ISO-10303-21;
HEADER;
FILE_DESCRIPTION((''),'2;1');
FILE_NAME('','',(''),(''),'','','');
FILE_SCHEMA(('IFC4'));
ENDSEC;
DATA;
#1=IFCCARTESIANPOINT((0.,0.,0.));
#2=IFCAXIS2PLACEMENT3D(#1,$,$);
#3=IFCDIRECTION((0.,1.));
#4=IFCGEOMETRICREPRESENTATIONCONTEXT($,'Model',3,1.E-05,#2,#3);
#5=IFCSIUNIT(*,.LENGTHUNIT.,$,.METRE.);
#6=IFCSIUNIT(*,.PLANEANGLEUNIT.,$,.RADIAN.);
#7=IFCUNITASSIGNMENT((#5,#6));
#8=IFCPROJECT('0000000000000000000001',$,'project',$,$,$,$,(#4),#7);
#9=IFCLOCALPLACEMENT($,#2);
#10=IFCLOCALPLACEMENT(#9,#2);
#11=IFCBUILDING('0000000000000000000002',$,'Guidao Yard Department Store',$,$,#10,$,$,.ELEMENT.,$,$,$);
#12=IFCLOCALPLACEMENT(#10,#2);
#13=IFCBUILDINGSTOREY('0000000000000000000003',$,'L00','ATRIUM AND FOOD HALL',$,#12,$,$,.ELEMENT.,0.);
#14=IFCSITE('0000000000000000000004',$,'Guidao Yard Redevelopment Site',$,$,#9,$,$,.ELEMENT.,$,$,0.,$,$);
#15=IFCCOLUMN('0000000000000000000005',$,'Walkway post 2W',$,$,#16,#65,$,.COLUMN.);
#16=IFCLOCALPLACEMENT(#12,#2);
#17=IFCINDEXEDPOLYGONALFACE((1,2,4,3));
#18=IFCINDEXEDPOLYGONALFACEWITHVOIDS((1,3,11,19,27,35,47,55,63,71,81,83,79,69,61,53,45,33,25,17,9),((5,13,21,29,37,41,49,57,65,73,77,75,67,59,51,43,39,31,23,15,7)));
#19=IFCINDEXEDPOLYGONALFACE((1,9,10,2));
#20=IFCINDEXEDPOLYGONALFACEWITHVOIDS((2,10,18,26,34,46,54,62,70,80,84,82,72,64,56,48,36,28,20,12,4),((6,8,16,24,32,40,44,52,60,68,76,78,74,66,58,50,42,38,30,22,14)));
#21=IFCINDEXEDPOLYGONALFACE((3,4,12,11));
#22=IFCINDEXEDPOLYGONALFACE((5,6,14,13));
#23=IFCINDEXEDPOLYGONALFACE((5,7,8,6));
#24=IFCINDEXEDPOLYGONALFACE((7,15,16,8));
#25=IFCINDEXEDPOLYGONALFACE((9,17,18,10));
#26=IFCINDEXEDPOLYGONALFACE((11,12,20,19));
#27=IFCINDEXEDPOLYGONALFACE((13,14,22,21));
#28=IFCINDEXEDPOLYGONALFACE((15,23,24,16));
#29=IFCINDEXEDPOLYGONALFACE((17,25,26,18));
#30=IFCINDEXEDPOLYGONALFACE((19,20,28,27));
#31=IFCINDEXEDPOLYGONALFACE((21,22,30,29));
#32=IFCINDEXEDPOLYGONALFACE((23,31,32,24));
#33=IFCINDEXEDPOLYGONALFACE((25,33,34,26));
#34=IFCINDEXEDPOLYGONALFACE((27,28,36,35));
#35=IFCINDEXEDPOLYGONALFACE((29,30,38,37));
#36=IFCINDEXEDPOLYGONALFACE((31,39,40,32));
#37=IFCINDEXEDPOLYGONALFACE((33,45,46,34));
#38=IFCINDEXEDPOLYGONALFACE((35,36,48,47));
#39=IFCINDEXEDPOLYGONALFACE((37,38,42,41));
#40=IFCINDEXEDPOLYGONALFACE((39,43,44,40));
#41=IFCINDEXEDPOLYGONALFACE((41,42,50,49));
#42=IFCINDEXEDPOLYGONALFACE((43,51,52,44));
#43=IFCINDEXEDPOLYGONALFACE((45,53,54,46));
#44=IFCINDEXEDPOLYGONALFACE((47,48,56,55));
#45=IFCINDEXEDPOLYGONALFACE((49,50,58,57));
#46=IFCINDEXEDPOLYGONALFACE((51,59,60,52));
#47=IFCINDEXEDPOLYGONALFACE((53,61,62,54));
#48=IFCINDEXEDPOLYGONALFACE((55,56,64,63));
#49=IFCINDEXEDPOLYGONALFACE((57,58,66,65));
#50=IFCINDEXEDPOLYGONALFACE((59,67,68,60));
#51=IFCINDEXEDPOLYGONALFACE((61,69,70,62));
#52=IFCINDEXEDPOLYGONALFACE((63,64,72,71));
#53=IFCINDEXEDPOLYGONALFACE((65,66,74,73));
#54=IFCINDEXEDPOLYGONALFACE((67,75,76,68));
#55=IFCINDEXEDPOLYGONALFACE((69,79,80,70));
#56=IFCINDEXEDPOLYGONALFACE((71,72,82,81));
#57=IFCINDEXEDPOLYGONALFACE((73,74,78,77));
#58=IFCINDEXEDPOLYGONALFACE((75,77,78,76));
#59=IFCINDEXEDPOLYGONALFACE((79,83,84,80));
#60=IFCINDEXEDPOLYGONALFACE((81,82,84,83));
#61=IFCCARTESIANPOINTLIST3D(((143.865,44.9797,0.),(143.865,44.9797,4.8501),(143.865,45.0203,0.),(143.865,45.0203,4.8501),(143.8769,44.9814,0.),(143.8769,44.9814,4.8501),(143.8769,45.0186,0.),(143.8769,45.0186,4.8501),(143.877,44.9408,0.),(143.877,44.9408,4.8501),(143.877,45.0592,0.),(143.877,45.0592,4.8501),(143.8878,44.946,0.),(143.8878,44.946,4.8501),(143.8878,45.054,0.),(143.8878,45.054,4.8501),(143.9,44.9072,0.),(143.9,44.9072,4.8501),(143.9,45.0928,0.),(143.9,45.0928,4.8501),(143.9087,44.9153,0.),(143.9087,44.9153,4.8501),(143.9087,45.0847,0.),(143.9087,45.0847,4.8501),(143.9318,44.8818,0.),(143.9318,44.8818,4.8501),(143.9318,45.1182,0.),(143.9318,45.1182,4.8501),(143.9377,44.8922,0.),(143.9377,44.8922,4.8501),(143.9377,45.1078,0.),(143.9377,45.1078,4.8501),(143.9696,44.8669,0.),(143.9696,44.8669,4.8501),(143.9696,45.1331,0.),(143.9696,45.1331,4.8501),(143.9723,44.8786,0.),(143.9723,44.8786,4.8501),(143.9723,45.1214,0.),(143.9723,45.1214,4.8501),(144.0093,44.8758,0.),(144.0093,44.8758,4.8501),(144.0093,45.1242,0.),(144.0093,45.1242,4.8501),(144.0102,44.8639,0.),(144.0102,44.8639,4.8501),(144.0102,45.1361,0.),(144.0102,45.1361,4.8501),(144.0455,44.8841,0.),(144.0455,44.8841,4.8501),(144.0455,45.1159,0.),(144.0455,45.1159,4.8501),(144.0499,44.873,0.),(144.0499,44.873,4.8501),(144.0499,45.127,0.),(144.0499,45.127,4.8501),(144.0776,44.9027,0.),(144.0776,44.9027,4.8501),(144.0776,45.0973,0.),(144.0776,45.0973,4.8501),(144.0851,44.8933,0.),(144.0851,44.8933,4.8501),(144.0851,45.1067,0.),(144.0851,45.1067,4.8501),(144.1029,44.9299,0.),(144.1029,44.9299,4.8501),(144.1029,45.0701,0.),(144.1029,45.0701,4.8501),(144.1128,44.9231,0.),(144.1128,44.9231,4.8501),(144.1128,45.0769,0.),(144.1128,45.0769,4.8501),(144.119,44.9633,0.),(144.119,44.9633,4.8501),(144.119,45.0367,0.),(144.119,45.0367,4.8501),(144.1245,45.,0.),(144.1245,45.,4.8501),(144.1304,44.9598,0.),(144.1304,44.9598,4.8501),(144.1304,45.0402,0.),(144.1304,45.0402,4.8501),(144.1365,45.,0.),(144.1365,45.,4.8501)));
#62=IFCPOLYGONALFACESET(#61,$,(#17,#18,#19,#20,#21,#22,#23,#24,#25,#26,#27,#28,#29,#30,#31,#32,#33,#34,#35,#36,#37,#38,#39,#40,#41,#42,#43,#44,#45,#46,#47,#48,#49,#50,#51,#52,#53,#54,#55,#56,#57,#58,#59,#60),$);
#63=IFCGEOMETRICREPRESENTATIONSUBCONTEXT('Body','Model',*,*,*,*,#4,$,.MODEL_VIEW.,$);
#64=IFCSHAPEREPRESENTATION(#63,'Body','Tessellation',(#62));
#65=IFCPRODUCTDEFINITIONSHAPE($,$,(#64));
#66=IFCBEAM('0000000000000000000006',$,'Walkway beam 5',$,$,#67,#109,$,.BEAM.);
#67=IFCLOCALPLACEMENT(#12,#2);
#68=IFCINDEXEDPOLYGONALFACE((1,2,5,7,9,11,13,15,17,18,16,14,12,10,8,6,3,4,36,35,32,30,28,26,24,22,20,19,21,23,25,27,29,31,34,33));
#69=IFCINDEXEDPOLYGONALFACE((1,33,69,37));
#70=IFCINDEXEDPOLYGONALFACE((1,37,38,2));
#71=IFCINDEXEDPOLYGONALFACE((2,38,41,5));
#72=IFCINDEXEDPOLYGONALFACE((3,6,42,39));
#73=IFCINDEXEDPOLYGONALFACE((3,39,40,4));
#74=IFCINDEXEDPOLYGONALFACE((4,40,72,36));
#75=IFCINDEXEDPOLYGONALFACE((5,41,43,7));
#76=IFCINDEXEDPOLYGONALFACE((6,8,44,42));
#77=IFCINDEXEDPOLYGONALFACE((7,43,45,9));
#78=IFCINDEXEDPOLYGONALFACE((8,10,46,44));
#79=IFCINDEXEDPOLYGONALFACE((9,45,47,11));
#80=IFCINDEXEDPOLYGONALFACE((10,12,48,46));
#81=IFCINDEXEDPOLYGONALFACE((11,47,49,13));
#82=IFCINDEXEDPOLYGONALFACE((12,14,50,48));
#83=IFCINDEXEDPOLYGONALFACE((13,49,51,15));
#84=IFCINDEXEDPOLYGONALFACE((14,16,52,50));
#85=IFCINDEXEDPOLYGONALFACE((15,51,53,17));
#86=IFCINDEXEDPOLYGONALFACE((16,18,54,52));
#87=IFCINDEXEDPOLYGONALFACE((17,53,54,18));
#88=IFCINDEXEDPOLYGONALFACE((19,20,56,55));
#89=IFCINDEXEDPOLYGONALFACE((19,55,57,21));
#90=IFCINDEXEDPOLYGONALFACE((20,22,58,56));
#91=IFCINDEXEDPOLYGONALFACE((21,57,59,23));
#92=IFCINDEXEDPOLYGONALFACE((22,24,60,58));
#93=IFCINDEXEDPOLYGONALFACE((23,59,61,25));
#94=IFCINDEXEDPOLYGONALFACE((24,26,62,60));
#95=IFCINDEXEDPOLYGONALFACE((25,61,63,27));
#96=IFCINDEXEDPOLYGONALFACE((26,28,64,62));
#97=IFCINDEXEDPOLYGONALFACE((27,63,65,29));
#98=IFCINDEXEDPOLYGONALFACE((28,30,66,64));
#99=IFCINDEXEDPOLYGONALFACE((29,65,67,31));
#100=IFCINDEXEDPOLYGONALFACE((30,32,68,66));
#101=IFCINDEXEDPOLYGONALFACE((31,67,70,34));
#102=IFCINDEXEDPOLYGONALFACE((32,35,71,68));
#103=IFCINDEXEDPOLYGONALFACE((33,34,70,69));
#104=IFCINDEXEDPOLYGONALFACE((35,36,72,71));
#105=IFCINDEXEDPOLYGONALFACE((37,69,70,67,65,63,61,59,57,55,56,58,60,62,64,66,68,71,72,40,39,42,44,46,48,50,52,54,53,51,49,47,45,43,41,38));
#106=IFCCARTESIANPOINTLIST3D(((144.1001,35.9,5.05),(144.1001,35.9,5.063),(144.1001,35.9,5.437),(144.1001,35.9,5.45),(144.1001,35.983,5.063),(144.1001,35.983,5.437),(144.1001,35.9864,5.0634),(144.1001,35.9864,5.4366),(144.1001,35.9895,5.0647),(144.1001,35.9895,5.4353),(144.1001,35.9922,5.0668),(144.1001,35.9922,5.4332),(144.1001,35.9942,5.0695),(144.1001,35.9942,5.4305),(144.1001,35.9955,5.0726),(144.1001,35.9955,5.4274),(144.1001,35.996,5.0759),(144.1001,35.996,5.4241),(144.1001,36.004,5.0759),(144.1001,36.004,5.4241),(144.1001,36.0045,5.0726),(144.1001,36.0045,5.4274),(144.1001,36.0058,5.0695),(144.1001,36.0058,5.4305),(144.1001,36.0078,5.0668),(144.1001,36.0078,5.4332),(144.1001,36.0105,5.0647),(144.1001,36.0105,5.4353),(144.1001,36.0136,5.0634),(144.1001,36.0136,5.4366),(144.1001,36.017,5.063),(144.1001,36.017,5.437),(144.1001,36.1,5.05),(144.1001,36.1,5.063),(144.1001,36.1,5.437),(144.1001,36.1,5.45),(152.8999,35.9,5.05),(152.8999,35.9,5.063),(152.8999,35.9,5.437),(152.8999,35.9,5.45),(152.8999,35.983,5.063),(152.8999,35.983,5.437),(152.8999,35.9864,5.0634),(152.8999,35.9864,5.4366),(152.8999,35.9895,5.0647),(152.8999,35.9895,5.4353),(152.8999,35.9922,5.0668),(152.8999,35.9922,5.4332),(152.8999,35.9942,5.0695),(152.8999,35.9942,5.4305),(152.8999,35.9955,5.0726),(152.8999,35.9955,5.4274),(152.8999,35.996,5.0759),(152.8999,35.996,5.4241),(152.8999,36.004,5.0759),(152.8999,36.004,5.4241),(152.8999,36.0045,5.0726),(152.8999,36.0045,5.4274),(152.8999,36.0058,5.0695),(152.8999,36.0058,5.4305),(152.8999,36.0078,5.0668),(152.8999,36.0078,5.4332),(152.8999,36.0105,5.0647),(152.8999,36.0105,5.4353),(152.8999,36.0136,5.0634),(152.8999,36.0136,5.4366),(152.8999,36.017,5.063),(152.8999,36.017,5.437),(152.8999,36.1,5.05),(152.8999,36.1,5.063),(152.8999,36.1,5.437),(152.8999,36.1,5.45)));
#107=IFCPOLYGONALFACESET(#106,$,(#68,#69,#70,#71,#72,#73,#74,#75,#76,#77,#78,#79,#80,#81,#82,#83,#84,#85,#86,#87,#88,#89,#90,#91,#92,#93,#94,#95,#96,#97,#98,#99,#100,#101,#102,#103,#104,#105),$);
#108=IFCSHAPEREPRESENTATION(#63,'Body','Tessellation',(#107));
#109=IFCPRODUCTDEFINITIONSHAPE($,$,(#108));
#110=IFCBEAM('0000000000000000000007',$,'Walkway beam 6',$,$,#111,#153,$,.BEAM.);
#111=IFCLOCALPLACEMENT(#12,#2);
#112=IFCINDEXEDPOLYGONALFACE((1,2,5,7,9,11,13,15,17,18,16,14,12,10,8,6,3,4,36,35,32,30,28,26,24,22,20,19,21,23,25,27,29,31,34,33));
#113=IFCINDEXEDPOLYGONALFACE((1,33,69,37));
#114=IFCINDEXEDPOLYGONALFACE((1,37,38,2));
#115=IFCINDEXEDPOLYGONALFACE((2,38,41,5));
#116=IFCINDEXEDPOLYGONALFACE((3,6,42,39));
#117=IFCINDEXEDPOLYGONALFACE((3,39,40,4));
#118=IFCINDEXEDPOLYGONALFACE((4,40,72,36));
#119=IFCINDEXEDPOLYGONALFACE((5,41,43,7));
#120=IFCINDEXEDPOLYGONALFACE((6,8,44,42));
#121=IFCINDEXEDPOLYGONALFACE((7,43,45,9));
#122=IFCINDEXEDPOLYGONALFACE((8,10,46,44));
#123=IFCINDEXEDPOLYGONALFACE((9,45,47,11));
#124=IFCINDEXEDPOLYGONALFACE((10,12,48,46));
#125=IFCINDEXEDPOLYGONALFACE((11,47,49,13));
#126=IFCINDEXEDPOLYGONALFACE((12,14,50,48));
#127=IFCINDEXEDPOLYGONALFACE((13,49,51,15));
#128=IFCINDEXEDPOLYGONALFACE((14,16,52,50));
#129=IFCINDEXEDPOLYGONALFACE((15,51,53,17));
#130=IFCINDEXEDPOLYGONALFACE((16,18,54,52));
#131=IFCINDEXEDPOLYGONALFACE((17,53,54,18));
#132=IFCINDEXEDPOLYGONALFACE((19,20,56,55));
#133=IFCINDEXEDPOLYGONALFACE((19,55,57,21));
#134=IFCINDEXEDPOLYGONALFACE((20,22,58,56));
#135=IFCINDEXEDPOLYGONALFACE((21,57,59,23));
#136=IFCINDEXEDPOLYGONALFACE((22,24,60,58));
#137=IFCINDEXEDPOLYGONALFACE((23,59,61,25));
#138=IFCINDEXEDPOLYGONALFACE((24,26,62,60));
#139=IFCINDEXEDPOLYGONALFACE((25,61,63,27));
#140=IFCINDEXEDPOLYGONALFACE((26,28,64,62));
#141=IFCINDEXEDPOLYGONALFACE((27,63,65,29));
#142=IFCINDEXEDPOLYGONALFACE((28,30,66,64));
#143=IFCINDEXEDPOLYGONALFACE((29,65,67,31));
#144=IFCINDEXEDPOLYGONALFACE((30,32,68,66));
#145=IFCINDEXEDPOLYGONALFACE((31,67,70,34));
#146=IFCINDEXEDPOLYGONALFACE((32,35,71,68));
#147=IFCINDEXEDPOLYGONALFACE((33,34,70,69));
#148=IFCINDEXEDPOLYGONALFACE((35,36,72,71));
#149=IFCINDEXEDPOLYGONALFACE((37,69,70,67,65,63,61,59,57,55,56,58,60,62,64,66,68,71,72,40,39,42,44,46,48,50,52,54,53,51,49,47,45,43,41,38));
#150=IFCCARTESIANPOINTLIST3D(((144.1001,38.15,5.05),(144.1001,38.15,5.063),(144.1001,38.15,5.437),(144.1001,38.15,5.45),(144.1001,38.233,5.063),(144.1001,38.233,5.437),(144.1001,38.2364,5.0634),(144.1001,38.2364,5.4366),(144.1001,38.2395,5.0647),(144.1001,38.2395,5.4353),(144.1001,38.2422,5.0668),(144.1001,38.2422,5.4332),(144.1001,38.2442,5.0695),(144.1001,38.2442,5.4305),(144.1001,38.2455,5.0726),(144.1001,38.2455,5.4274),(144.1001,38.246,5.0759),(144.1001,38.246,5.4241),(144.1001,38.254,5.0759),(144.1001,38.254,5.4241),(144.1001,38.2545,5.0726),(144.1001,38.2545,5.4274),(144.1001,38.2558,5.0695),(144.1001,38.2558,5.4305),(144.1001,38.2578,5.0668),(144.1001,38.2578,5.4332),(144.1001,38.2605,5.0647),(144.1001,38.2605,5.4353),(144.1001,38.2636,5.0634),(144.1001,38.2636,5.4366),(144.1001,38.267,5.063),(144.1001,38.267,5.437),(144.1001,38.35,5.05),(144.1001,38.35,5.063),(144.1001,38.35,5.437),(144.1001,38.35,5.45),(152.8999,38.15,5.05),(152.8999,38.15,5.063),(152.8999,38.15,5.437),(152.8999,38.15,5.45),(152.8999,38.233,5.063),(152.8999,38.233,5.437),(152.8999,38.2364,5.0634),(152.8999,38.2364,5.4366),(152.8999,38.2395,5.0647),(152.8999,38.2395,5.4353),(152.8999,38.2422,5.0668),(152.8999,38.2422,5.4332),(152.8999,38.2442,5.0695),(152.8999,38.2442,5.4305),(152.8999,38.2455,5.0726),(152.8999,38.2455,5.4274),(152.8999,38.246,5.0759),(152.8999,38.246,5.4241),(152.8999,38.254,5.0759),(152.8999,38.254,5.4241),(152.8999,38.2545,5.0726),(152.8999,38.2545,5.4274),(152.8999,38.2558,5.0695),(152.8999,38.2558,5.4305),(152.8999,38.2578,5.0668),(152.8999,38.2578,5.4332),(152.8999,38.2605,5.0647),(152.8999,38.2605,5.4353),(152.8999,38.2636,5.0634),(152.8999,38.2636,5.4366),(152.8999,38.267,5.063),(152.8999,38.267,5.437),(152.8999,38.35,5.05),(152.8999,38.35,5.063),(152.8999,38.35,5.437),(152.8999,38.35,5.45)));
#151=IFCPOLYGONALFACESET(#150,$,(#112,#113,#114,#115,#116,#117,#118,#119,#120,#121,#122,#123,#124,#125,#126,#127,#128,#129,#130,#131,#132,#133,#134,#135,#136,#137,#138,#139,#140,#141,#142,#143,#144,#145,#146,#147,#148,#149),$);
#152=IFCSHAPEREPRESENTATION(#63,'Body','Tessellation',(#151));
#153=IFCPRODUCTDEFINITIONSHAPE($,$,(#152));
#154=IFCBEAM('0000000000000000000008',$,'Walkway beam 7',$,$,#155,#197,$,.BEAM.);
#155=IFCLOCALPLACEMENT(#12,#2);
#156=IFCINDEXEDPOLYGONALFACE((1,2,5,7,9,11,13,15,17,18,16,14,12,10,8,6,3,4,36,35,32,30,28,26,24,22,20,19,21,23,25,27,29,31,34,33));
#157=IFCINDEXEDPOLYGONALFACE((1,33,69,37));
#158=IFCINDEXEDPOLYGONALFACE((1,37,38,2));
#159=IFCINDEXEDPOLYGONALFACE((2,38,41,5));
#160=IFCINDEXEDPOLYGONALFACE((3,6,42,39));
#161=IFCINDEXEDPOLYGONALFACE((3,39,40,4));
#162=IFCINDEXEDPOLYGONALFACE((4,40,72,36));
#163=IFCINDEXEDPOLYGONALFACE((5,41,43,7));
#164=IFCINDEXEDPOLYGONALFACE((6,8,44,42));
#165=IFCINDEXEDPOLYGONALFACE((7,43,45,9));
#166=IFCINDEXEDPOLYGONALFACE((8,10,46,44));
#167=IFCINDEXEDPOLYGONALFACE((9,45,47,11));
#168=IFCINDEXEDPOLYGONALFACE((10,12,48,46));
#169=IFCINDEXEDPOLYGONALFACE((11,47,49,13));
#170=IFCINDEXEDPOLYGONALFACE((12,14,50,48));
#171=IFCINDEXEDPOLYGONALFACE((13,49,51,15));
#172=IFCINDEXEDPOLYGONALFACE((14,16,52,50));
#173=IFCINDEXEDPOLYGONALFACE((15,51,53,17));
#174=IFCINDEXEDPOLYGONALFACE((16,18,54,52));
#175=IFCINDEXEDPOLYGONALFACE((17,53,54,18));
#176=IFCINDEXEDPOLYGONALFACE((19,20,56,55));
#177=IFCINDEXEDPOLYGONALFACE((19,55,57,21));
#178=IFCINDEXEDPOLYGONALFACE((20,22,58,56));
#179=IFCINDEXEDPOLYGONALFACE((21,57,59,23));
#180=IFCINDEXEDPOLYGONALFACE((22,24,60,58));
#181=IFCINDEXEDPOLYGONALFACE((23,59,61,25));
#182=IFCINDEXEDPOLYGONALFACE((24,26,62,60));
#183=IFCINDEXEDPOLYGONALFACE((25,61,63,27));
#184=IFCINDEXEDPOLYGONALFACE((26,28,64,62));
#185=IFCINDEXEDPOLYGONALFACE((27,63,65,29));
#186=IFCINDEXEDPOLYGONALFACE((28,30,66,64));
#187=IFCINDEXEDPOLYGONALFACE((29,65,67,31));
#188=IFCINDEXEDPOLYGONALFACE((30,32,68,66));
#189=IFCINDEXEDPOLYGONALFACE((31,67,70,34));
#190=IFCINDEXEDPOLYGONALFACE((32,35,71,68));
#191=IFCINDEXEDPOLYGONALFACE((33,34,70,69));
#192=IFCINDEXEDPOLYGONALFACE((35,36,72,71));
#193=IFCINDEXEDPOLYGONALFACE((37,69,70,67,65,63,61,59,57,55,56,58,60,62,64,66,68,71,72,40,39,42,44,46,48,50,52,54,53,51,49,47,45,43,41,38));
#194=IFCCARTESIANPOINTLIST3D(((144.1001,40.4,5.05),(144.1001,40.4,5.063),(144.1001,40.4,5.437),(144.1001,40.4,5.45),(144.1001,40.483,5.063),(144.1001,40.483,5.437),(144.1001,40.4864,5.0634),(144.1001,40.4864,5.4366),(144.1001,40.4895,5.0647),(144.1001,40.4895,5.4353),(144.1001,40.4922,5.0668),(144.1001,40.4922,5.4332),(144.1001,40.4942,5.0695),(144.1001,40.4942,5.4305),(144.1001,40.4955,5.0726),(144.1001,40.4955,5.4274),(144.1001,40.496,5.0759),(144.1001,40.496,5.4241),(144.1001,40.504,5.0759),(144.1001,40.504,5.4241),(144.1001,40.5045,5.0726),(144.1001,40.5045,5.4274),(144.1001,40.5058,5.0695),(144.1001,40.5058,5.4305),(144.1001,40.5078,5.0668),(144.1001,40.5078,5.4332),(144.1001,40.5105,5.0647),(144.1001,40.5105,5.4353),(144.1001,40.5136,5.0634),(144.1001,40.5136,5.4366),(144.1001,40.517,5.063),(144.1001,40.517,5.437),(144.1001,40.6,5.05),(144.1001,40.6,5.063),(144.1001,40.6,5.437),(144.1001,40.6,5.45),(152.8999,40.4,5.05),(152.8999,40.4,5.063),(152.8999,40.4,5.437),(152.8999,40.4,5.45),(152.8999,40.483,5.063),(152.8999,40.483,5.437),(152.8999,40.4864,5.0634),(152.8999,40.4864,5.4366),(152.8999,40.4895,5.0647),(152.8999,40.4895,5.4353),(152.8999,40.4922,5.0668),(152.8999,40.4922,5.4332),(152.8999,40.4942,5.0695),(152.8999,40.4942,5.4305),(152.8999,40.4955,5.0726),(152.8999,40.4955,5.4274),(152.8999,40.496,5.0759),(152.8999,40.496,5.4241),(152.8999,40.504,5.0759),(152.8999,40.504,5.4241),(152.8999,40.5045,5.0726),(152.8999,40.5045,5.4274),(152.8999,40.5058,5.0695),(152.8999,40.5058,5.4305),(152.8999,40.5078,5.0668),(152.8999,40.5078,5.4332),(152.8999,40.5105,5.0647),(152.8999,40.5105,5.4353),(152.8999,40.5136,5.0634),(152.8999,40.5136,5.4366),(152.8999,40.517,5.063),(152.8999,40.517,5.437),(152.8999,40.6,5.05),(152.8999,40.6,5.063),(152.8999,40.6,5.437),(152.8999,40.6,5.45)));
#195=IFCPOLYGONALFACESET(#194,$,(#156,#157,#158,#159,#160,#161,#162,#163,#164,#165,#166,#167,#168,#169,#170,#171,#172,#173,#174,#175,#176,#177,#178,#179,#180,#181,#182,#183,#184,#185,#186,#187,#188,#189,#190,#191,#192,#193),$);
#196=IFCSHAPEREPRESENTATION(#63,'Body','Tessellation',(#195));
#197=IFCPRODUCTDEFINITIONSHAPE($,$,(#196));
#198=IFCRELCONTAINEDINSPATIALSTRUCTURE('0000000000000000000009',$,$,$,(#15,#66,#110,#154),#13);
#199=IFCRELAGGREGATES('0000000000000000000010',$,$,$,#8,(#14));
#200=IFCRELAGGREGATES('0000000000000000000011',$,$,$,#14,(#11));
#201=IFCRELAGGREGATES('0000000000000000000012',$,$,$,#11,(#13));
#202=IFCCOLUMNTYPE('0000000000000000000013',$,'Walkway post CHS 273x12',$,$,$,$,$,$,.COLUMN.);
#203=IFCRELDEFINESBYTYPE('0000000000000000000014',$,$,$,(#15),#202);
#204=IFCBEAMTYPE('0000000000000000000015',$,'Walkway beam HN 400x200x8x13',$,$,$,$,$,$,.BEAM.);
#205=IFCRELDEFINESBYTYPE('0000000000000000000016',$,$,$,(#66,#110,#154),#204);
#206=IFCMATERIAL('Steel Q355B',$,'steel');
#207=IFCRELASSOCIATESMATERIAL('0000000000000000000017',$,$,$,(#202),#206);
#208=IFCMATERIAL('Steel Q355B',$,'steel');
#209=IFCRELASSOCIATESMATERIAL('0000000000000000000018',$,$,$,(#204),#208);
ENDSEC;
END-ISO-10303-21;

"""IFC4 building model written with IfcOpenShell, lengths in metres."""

from ifc_helpers import new_model, si_unit, direction, frame, origin, origin_2d, place, context, subcontext, project, spatial, hollow_circle, i_section, extrude, material, material_profile, profile_set, type_object, element, save


model = new_model("IFC4")

# Units and contexts
model_context = context("Model", 3, precision=1e-05, world=origin(), true_north=direction((0.0, 1.0)))
body_context = subcontext(model_context, "Body", "Model", "MODEL_VIEW")
ifc_project = project(units=[si_unit("LENGTHUNIT", "METRE"), si_unit("PLANEANGLEUNIT", "RADIAN")], contexts=[model_context])

# Site, building, storey
site_placement = place(None, origin())
site = spatial("IfcSite", under=ifc_project, at=site_placement, Name="Guidao Yard Redevelopment Site", CompositionType="ELEMENT", RefElevation=0.0)
building_placement = place(site_placement, origin())
building = spatial("IfcBuilding", under=site, at=building_placement, Name="Guidao Yard Department Store", CompositionType="ELEMENT")
storey_placement = place(building_placement, origin())
storey = spatial("IfcBuildingStorey", under=building, at=storey_placement, Name="L00", Description="ATRIUM AND FOOD HALL", CompositionType="ELEMENT", Elevation=0.0)

# Column
ifc_material_1 = material(Name="Steel Q355B", Category="steel")
ifc_material_profile_1 = material_profile(ifc_material_1, hollow_circle(Radius=0.1365, WallThickness=0.012, at=origin_2d()), Name="CHS 273x12")
ifc_profile_set_1 = profile_set([ifc_material_profile_1], Name="Steel Q355B")
column_type = type_object("IfcColumnType", Name="Walkway post CHS 273x12", PredefinedType="COLUMN", material=ifc_profile_set_1)
column_placement = place(storey_placement, frame((144.0, 45.0, 0.0), z_axis=(0.0, 0.0, 1.0), x_axis=(1.0, 0.0, 0.0)))
element("IfcColumn", 1, at=column_placement, inside=storey, type_object=column_type, Name="Walkway post 2W", PredefinedType="COLUMN", context=body_context, shape_type="SweptSolid", body=[
    extrude(hollow_circle(Radius=0.1365, WallThickness=0.012, at=origin_2d()), origin(), (0.0, 0.0, 1.0), 4.8501),
])

# Beams
ifc_material_2 = material(Name="Steel Q355B", Category="steel")
ifc_material_profile_2 = material_profile(ifc_material_2, i_section(OverallWidth=0.2, OverallDepth=0.3999, WebThickness=0.0081, FlangeThickness=0.0129, FilletRadius=0.0129, at=origin_2d()), Name="HN 400x200x8x13")
ifc_profile_set_2 = profile_set([ifc_material_profile_2], Name="Steel Q355B")
beam_type = type_object("IfcBeamType", Name="Walkway beam HN 400x200x8x13", PredefinedType="BEAM", material=ifc_profile_set_2)
for number, where, z_axis, x_axis, name in (
    (2, (144.1001, 36.0, 5.25), (1.0, 0.0, 0.0), (0.0, 1.0, 0.0), "Walkway beam 5"),
    (3, (144.1001, 38.25, 5.25), (1.0, 0.0, 0.0), (0.0, 1.0, 0.0), "Walkway beam 6"),
    (4, (144.1001, 40.5, 5.25), (1.0, 0.0, 0.0), (0.0, 1.0, 0.0), "Walkway beam 7"),
):
    element("IfcBeam", number, at=place(storey_placement, frame(where, z_axis=z_axis, x_axis=x_axis)), inside=storey, type_object=beam_type, Name=name, PredefinedType="BEAM", context=body_context, shape_type="SweptSolid", body=[
        extrude(i_section(OverallWidth=0.2, OverallDepth=0.3999, WebThickness=0.0081, FlangeThickness=0.0129, FilletRadius=0.0129, at=origin_2d()), origin(), (0.0, 0.0, 1.0), 8.7998),
    ])

save(model, "model.ifc")
